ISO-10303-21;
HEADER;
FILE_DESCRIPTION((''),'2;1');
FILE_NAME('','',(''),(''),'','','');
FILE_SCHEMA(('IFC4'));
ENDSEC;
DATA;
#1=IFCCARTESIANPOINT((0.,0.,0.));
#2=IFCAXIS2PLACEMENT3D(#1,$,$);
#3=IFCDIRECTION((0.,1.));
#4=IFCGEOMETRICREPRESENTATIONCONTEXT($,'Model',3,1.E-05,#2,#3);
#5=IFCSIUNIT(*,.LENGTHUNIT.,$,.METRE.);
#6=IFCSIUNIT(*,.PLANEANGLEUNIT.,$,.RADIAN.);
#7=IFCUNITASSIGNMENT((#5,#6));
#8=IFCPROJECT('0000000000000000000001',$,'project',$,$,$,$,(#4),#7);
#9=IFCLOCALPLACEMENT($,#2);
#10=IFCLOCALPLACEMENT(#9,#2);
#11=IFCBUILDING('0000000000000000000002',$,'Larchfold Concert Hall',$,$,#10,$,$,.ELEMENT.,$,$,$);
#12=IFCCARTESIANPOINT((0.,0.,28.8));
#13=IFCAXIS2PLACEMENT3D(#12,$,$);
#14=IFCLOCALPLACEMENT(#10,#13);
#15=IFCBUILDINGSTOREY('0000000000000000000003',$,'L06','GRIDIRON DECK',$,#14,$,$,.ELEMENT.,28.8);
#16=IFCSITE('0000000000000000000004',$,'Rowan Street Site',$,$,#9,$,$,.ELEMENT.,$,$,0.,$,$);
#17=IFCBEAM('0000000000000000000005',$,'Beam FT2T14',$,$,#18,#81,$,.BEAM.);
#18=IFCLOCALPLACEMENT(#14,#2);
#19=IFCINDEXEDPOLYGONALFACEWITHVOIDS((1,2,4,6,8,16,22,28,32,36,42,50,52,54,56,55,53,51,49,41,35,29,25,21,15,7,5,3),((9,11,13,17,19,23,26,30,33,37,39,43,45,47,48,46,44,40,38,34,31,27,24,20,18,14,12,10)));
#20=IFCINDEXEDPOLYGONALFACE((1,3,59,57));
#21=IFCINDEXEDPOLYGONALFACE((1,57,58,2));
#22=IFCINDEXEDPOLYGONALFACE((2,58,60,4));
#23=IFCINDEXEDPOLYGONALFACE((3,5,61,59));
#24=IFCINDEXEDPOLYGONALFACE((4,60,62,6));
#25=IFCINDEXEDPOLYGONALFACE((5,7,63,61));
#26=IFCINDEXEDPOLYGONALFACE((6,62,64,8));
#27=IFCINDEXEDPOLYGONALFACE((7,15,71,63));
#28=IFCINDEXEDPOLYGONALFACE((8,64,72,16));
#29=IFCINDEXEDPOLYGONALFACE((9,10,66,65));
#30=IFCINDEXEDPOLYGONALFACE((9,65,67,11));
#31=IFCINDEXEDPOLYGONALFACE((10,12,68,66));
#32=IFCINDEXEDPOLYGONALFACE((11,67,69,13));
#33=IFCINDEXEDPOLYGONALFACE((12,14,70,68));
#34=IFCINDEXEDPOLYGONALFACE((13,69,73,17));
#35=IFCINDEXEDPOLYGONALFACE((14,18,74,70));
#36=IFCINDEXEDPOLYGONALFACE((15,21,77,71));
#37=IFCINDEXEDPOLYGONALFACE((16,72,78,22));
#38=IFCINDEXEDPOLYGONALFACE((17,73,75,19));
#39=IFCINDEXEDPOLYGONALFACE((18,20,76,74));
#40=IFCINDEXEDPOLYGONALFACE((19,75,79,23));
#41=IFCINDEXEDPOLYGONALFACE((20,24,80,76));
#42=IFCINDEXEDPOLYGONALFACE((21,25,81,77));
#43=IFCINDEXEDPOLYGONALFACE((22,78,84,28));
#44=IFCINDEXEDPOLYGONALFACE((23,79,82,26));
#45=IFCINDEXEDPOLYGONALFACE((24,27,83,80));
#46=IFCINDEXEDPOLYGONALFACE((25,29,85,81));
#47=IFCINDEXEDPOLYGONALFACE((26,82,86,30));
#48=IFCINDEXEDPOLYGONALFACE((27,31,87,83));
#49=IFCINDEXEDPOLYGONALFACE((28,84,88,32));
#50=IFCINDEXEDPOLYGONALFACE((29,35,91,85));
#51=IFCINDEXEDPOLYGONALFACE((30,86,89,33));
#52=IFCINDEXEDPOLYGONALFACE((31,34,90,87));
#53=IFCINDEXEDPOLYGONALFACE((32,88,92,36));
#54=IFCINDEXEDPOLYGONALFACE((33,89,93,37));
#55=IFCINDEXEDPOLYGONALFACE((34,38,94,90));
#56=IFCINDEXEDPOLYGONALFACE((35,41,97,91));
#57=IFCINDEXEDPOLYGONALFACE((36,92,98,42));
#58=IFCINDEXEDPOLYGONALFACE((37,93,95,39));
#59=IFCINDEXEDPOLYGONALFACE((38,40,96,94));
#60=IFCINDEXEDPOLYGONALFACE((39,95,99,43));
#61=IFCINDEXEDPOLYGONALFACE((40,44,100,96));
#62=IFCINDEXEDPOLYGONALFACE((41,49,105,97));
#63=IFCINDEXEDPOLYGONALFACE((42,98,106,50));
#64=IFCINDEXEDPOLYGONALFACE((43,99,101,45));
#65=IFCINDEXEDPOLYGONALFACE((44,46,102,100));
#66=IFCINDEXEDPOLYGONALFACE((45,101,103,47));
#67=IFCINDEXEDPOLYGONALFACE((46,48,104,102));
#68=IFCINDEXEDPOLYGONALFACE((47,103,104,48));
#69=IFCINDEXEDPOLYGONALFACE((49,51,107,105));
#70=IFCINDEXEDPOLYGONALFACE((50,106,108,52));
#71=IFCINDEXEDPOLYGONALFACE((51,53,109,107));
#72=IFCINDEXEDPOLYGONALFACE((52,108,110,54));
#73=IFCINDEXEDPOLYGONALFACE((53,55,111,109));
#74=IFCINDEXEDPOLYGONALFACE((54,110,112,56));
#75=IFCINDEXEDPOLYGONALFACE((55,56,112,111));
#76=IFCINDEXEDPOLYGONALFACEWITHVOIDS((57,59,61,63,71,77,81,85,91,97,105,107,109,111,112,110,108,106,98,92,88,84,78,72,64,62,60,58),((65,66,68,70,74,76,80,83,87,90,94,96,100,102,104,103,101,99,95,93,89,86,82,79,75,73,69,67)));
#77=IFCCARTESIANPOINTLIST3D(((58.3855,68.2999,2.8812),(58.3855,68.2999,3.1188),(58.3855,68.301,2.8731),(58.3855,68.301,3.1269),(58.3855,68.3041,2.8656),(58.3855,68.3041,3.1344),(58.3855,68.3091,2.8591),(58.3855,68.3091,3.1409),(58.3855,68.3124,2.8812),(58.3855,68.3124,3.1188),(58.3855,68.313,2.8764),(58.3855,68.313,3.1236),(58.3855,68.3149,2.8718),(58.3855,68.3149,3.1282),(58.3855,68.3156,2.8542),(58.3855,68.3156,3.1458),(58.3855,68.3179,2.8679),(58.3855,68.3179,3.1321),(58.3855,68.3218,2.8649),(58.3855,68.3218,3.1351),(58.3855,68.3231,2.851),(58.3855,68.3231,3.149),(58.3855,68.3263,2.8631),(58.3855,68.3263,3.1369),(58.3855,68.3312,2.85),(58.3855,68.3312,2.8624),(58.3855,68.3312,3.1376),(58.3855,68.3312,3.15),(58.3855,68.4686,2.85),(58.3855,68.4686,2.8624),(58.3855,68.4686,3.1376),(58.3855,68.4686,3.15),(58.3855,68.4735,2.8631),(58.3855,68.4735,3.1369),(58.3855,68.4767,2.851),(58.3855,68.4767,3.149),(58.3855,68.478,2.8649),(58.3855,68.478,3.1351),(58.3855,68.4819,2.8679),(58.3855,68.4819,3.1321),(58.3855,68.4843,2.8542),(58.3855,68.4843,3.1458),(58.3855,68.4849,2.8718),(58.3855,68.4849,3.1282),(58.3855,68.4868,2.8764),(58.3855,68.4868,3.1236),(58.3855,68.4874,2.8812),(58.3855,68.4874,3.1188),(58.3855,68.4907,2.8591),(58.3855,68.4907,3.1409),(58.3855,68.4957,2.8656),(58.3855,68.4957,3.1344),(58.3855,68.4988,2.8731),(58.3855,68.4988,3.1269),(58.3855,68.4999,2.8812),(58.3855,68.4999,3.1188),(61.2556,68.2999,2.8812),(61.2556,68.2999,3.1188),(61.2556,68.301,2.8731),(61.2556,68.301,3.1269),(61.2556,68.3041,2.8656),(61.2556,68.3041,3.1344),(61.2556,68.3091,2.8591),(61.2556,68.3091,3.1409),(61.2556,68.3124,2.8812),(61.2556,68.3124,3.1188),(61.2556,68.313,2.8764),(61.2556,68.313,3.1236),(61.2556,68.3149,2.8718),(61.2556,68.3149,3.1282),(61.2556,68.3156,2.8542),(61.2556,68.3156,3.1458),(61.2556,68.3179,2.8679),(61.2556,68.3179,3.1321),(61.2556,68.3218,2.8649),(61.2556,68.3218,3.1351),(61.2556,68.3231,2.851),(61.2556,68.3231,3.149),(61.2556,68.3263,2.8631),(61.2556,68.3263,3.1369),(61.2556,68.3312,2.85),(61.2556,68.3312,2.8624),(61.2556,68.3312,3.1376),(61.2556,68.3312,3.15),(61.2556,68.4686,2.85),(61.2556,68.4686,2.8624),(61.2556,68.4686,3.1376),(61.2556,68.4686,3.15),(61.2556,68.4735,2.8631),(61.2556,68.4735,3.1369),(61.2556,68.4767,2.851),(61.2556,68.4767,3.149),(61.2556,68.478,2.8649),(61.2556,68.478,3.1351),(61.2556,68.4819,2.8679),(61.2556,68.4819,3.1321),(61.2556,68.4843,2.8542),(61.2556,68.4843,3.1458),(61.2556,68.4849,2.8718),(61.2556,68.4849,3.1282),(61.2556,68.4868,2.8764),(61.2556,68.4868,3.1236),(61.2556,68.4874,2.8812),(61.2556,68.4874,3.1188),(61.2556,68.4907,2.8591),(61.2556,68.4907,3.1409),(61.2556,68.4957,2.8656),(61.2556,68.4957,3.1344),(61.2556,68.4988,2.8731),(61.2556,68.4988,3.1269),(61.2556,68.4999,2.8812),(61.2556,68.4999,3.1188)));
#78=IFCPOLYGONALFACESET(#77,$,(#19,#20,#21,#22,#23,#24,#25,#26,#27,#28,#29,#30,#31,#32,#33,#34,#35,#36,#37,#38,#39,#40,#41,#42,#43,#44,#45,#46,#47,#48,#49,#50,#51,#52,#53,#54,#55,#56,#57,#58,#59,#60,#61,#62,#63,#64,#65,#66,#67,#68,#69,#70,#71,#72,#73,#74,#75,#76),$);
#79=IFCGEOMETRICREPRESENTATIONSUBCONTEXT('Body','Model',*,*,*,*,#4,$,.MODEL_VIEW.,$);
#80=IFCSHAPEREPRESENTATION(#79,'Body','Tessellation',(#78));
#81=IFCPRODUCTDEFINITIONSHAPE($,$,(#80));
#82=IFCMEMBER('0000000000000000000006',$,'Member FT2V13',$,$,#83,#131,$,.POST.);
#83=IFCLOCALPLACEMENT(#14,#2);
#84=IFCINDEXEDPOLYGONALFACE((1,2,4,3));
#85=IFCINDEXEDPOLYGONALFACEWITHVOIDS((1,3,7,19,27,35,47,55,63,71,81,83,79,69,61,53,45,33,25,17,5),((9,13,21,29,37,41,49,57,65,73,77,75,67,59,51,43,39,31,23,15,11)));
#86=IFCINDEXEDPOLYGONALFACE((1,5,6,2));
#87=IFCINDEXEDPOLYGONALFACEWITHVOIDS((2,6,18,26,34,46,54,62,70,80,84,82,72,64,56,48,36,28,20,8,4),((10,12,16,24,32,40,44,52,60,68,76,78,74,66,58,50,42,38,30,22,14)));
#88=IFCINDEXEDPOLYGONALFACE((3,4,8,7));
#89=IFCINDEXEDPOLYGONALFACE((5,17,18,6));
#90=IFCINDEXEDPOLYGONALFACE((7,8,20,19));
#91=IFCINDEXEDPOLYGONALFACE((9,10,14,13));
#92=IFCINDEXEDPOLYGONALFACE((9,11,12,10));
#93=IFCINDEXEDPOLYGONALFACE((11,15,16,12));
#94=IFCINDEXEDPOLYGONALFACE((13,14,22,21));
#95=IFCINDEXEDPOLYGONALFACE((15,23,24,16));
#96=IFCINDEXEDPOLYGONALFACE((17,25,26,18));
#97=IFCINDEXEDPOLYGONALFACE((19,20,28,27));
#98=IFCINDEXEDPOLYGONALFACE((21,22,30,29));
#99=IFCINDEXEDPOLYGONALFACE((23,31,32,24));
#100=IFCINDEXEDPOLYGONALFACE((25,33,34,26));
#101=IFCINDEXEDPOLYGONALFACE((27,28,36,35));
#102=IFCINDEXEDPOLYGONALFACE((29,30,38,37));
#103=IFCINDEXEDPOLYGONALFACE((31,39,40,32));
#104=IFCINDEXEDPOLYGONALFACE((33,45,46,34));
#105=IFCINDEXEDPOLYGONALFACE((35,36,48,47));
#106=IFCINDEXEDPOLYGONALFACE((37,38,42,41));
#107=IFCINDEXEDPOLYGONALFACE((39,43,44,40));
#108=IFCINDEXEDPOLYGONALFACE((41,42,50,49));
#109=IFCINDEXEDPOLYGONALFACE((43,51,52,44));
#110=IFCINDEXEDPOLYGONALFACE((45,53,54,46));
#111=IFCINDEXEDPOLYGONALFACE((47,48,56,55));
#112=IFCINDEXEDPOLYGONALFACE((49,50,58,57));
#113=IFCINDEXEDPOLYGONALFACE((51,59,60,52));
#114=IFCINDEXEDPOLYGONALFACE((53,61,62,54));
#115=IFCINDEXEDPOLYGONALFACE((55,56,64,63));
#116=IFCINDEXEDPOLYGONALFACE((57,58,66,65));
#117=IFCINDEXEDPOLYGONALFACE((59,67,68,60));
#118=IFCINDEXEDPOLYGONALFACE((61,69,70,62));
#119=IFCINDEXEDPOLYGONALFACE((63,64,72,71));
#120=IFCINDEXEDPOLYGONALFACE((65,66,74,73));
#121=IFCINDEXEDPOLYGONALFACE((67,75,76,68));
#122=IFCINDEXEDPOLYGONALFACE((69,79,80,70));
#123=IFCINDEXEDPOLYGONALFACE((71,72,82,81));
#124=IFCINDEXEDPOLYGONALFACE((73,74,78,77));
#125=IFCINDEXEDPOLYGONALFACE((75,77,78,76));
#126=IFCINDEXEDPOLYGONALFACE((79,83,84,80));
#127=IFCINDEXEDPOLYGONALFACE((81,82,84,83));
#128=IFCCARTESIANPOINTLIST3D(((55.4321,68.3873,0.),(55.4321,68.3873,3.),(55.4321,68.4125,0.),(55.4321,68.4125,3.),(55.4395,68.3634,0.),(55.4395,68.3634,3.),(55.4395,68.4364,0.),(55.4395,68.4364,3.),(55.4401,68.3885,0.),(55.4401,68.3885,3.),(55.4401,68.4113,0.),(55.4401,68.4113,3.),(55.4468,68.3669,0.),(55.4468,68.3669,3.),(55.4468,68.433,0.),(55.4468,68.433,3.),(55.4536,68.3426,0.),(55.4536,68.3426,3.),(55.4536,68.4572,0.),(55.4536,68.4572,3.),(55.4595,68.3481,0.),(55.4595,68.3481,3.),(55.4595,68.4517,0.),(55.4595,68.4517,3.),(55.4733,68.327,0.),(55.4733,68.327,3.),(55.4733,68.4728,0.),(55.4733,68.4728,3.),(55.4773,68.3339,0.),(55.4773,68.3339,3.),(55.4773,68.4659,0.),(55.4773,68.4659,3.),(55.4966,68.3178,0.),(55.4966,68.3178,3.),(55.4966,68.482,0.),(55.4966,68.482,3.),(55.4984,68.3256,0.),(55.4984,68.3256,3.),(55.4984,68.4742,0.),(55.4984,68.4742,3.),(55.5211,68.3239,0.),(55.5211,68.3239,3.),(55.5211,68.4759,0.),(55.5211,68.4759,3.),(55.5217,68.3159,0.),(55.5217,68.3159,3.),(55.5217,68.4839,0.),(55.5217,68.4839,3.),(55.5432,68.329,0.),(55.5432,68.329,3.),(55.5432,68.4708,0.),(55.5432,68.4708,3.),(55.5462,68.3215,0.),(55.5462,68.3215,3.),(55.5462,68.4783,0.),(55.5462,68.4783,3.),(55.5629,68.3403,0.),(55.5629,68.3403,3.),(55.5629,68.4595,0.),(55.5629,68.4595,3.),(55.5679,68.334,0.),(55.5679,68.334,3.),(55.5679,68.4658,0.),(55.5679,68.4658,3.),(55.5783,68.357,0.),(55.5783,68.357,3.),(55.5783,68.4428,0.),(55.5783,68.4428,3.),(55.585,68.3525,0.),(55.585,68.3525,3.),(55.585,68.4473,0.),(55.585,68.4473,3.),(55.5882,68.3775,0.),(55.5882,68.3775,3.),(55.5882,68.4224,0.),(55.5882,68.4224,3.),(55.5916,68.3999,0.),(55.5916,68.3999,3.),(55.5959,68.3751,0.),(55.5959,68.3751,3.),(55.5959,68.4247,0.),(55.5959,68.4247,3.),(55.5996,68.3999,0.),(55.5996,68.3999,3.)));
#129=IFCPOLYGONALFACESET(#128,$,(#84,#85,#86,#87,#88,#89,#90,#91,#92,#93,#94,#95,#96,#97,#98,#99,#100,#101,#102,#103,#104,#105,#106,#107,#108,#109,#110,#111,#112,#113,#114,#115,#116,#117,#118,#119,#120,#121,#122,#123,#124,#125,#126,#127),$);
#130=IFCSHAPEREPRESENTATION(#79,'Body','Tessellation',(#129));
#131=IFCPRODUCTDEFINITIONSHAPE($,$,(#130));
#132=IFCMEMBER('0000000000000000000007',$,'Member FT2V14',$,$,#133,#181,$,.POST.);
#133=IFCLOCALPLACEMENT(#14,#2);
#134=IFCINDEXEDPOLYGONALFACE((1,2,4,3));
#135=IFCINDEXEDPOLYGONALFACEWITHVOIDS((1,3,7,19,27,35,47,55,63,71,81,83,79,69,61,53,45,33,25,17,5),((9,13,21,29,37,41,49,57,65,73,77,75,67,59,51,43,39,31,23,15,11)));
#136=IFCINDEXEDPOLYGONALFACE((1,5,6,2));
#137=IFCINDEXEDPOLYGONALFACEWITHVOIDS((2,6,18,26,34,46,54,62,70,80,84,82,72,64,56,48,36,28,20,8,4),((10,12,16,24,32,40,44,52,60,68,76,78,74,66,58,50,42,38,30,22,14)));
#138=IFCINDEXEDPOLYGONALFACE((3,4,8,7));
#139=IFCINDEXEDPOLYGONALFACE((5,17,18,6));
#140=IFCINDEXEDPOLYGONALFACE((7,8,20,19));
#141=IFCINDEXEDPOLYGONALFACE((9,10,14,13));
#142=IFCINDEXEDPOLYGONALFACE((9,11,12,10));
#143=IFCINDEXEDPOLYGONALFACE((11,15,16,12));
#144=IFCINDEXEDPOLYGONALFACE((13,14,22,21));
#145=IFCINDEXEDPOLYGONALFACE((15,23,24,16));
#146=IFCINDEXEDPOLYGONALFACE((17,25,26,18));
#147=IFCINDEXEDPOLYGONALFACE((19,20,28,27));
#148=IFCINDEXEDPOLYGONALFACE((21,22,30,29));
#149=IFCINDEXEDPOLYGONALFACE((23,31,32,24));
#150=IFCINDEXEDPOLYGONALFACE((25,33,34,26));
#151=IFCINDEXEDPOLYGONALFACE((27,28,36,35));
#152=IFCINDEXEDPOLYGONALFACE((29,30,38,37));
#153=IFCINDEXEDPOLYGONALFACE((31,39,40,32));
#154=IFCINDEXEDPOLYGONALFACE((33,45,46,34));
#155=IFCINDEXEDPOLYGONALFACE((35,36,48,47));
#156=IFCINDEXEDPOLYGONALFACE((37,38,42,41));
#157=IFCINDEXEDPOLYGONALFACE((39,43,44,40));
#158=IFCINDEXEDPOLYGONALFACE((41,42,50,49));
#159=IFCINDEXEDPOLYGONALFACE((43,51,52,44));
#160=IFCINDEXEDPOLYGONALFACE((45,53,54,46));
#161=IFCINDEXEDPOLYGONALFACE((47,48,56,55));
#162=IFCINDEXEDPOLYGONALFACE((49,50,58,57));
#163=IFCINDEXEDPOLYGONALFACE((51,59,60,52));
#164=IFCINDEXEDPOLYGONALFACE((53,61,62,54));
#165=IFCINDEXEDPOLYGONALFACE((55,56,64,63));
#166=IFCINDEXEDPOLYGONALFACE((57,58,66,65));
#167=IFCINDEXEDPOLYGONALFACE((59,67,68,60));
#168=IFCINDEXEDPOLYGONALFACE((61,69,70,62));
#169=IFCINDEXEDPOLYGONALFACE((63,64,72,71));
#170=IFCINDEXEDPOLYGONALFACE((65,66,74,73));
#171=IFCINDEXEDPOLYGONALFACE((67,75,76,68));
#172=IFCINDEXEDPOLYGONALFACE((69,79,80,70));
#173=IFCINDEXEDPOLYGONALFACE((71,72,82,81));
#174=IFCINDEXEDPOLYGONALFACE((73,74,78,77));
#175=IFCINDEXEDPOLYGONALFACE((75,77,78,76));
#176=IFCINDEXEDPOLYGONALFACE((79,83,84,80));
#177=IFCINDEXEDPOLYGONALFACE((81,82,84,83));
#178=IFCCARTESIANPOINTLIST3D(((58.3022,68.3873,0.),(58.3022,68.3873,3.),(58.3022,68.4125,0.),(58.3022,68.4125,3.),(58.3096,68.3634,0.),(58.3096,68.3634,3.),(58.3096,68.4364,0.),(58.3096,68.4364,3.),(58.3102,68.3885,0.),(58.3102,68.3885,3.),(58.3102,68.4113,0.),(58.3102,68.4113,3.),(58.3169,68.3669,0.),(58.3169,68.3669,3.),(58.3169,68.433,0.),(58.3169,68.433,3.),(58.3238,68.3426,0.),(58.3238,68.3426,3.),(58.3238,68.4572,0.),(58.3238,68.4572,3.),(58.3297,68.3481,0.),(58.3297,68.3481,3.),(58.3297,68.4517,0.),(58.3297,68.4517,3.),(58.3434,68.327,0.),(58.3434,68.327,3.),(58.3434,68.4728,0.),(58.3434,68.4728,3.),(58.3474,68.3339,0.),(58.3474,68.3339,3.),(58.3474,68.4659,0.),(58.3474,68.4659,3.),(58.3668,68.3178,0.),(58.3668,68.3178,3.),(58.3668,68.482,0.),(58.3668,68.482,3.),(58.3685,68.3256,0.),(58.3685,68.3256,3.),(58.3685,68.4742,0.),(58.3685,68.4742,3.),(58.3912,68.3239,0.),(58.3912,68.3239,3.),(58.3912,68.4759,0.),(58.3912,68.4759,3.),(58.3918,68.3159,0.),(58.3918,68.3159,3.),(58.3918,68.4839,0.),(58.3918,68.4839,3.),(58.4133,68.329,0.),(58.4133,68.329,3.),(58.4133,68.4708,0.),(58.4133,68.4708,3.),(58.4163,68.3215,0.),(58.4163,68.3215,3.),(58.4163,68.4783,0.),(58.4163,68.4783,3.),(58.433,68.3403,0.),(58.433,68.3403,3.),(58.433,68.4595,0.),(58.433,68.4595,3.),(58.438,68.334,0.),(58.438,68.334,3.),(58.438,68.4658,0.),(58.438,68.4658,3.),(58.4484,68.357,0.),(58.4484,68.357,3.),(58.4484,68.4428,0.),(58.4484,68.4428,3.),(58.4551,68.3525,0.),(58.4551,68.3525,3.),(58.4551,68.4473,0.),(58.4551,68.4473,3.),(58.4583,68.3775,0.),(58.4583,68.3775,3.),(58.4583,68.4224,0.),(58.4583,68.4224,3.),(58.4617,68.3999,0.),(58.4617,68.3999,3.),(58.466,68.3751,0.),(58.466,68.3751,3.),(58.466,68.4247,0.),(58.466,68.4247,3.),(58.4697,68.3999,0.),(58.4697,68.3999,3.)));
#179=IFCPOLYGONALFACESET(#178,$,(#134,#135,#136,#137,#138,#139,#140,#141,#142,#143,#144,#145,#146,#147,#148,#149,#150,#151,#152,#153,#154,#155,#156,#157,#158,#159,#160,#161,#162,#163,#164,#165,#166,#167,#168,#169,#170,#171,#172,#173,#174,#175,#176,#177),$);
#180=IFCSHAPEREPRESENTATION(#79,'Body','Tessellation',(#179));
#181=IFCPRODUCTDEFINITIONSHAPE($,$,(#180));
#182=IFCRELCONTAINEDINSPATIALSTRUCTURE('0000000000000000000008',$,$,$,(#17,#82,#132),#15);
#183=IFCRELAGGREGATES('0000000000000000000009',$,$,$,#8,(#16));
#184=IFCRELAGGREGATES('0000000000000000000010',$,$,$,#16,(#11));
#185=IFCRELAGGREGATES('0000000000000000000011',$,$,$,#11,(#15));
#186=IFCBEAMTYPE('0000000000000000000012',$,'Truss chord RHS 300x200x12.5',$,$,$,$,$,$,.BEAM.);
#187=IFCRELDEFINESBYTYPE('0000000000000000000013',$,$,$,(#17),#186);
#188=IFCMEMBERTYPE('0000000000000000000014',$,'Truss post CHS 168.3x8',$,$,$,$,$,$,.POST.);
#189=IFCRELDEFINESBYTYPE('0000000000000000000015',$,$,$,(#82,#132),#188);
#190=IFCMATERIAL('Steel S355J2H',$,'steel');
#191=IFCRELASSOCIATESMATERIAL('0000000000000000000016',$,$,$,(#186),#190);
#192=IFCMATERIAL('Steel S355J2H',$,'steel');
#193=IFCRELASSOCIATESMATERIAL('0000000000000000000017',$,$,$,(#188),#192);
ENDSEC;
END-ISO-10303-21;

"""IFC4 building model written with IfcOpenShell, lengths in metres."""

from ifc_helpers import new_model, si_unit, direction, frame, origin, origin_2d, place, context, subcontext, project, spatial, hollow_rectangle, hollow_circle, extrude, material, material_profile, profile_set, type_object, element, save


model = new_model("IFC4")

# Units and contexts
model_context = context("Model", 3, precision=1e-05, world=origin(), true_north=direction((0.0, 1.0)))
body_context = subcontext(model_context, "Body", "Model", "MODEL_VIEW")
ifc_project = project(units=[si_unit("LENGTHUNIT", "METRE"), si_unit("PLANEANGLEUNIT", "RADIAN")], contexts=[model_context])

# Site, building, storey
site_placement = place(None, origin())
site = spatial("IfcSite", under=ifc_project, at=site_placement, Name="Rowan Street Site", CompositionType="ELEMENT", RefElevation=0.0)
building_placement = place(site_placement, origin())
building = spatial("IfcBuilding", under=site, at=building_placement, Name="Larchfold Concert Hall", CompositionType="ELEMENT")
storey_placement = place(building_placement, frame((0.0, 0.0, 28.8)))
storey = spatial("IfcBuildingStorey", under=building, at=storey_placement, Name="L06", Description="GRIDIRON DECK", CompositionType="ELEMENT", Elevation=28.8)

# Beam
ifc_material_1 = material(Name="Steel S355J2H", Category="steel")
ifc_material_profile_1 = material_profile(ifc_material_1, hollow_rectangle(XDim=0.2, YDim=0.3, WallThickness=0.0125, InnerFilletRadius=0.0188, OuterFilletRadius=0.0312, at=origin_2d()))
ifc_profile_set_1 = profile_set([ifc_material_profile_1], Name="Steel S355J2H")
beam_type_1 = type_object("IfcBeamType", Name="Truss chord RHS 300x200x12.5", PredefinedType="BEAM", material=ifc_profile_set_1)
for number, where, z_axis, x_axis, name in (
    (1, (58.3855, 68.3999, 3.0), (1.0, 0.0, 0.0), (0.0, 1.0, 0.0), "Beam FT2T14"),
):
    element("IfcBeam", number, at=place(storey_placement, frame(where, z_axis=z_axis, x_axis=x_axis)), inside=storey, type_object=beam_type_1, Name=name, PredefinedType="BEAM", context=body_context, shape_type="SweptSolid", body=[
        extrude(hollow_rectangle(XDim=0.2, YDim=0.3, WallThickness=0.0125, InnerFilletRadius=0.0188, OuterFilletRadius=0.0312, at=origin_2d()), origin(), (0.0, 0.0, 1.0), 2.8701),
    ])

# Members
ifc_material_2 = material(Name="Steel S355J2H", Category="steel")
ifc_material_profile_2 = material_profile(ifc_material_2, hollow_circle(Radius=0.0842, WallThickness=0.0081, at=origin_2d()))
ifc_profile_set_2 = profile_set([ifc_material_profile_2], Name="Steel S355J2H")
member_type_1 = type_object("IfcMemberType", Name="Truss post CHS 168.3x8", PredefinedType="POST", material=ifc_profile_set_2)
for number, where, z_axis, x_axis, name in (
    (2, (55.5154, 68.3999, 3.0), (0.0, 0.0, -1.0), (1.0, 0.0, 0.0), "Member FT2V13"),
    (3, (58.3855, 68.3999, 3.0), (0.0, 0.0, -1.0), (1.0, 0.0, 0.0), "Member FT2V14"),
):
    element("IfcMember", number, at=place(storey_placement, frame(where, z_axis=z_axis, x_axis=x_axis)), inside=storey, type_object=member_type_1, Name=name, PredefinedType="POST", context=body_context, shape_type="SweptSolid", body=[
        extrude(hollow_circle(Radius=0.0842, WallThickness=0.0081, at=origin_2d()), origin(), (0.0, 0.0, 1.0), 3.0),
    ])

save(model, "model.ifc")
